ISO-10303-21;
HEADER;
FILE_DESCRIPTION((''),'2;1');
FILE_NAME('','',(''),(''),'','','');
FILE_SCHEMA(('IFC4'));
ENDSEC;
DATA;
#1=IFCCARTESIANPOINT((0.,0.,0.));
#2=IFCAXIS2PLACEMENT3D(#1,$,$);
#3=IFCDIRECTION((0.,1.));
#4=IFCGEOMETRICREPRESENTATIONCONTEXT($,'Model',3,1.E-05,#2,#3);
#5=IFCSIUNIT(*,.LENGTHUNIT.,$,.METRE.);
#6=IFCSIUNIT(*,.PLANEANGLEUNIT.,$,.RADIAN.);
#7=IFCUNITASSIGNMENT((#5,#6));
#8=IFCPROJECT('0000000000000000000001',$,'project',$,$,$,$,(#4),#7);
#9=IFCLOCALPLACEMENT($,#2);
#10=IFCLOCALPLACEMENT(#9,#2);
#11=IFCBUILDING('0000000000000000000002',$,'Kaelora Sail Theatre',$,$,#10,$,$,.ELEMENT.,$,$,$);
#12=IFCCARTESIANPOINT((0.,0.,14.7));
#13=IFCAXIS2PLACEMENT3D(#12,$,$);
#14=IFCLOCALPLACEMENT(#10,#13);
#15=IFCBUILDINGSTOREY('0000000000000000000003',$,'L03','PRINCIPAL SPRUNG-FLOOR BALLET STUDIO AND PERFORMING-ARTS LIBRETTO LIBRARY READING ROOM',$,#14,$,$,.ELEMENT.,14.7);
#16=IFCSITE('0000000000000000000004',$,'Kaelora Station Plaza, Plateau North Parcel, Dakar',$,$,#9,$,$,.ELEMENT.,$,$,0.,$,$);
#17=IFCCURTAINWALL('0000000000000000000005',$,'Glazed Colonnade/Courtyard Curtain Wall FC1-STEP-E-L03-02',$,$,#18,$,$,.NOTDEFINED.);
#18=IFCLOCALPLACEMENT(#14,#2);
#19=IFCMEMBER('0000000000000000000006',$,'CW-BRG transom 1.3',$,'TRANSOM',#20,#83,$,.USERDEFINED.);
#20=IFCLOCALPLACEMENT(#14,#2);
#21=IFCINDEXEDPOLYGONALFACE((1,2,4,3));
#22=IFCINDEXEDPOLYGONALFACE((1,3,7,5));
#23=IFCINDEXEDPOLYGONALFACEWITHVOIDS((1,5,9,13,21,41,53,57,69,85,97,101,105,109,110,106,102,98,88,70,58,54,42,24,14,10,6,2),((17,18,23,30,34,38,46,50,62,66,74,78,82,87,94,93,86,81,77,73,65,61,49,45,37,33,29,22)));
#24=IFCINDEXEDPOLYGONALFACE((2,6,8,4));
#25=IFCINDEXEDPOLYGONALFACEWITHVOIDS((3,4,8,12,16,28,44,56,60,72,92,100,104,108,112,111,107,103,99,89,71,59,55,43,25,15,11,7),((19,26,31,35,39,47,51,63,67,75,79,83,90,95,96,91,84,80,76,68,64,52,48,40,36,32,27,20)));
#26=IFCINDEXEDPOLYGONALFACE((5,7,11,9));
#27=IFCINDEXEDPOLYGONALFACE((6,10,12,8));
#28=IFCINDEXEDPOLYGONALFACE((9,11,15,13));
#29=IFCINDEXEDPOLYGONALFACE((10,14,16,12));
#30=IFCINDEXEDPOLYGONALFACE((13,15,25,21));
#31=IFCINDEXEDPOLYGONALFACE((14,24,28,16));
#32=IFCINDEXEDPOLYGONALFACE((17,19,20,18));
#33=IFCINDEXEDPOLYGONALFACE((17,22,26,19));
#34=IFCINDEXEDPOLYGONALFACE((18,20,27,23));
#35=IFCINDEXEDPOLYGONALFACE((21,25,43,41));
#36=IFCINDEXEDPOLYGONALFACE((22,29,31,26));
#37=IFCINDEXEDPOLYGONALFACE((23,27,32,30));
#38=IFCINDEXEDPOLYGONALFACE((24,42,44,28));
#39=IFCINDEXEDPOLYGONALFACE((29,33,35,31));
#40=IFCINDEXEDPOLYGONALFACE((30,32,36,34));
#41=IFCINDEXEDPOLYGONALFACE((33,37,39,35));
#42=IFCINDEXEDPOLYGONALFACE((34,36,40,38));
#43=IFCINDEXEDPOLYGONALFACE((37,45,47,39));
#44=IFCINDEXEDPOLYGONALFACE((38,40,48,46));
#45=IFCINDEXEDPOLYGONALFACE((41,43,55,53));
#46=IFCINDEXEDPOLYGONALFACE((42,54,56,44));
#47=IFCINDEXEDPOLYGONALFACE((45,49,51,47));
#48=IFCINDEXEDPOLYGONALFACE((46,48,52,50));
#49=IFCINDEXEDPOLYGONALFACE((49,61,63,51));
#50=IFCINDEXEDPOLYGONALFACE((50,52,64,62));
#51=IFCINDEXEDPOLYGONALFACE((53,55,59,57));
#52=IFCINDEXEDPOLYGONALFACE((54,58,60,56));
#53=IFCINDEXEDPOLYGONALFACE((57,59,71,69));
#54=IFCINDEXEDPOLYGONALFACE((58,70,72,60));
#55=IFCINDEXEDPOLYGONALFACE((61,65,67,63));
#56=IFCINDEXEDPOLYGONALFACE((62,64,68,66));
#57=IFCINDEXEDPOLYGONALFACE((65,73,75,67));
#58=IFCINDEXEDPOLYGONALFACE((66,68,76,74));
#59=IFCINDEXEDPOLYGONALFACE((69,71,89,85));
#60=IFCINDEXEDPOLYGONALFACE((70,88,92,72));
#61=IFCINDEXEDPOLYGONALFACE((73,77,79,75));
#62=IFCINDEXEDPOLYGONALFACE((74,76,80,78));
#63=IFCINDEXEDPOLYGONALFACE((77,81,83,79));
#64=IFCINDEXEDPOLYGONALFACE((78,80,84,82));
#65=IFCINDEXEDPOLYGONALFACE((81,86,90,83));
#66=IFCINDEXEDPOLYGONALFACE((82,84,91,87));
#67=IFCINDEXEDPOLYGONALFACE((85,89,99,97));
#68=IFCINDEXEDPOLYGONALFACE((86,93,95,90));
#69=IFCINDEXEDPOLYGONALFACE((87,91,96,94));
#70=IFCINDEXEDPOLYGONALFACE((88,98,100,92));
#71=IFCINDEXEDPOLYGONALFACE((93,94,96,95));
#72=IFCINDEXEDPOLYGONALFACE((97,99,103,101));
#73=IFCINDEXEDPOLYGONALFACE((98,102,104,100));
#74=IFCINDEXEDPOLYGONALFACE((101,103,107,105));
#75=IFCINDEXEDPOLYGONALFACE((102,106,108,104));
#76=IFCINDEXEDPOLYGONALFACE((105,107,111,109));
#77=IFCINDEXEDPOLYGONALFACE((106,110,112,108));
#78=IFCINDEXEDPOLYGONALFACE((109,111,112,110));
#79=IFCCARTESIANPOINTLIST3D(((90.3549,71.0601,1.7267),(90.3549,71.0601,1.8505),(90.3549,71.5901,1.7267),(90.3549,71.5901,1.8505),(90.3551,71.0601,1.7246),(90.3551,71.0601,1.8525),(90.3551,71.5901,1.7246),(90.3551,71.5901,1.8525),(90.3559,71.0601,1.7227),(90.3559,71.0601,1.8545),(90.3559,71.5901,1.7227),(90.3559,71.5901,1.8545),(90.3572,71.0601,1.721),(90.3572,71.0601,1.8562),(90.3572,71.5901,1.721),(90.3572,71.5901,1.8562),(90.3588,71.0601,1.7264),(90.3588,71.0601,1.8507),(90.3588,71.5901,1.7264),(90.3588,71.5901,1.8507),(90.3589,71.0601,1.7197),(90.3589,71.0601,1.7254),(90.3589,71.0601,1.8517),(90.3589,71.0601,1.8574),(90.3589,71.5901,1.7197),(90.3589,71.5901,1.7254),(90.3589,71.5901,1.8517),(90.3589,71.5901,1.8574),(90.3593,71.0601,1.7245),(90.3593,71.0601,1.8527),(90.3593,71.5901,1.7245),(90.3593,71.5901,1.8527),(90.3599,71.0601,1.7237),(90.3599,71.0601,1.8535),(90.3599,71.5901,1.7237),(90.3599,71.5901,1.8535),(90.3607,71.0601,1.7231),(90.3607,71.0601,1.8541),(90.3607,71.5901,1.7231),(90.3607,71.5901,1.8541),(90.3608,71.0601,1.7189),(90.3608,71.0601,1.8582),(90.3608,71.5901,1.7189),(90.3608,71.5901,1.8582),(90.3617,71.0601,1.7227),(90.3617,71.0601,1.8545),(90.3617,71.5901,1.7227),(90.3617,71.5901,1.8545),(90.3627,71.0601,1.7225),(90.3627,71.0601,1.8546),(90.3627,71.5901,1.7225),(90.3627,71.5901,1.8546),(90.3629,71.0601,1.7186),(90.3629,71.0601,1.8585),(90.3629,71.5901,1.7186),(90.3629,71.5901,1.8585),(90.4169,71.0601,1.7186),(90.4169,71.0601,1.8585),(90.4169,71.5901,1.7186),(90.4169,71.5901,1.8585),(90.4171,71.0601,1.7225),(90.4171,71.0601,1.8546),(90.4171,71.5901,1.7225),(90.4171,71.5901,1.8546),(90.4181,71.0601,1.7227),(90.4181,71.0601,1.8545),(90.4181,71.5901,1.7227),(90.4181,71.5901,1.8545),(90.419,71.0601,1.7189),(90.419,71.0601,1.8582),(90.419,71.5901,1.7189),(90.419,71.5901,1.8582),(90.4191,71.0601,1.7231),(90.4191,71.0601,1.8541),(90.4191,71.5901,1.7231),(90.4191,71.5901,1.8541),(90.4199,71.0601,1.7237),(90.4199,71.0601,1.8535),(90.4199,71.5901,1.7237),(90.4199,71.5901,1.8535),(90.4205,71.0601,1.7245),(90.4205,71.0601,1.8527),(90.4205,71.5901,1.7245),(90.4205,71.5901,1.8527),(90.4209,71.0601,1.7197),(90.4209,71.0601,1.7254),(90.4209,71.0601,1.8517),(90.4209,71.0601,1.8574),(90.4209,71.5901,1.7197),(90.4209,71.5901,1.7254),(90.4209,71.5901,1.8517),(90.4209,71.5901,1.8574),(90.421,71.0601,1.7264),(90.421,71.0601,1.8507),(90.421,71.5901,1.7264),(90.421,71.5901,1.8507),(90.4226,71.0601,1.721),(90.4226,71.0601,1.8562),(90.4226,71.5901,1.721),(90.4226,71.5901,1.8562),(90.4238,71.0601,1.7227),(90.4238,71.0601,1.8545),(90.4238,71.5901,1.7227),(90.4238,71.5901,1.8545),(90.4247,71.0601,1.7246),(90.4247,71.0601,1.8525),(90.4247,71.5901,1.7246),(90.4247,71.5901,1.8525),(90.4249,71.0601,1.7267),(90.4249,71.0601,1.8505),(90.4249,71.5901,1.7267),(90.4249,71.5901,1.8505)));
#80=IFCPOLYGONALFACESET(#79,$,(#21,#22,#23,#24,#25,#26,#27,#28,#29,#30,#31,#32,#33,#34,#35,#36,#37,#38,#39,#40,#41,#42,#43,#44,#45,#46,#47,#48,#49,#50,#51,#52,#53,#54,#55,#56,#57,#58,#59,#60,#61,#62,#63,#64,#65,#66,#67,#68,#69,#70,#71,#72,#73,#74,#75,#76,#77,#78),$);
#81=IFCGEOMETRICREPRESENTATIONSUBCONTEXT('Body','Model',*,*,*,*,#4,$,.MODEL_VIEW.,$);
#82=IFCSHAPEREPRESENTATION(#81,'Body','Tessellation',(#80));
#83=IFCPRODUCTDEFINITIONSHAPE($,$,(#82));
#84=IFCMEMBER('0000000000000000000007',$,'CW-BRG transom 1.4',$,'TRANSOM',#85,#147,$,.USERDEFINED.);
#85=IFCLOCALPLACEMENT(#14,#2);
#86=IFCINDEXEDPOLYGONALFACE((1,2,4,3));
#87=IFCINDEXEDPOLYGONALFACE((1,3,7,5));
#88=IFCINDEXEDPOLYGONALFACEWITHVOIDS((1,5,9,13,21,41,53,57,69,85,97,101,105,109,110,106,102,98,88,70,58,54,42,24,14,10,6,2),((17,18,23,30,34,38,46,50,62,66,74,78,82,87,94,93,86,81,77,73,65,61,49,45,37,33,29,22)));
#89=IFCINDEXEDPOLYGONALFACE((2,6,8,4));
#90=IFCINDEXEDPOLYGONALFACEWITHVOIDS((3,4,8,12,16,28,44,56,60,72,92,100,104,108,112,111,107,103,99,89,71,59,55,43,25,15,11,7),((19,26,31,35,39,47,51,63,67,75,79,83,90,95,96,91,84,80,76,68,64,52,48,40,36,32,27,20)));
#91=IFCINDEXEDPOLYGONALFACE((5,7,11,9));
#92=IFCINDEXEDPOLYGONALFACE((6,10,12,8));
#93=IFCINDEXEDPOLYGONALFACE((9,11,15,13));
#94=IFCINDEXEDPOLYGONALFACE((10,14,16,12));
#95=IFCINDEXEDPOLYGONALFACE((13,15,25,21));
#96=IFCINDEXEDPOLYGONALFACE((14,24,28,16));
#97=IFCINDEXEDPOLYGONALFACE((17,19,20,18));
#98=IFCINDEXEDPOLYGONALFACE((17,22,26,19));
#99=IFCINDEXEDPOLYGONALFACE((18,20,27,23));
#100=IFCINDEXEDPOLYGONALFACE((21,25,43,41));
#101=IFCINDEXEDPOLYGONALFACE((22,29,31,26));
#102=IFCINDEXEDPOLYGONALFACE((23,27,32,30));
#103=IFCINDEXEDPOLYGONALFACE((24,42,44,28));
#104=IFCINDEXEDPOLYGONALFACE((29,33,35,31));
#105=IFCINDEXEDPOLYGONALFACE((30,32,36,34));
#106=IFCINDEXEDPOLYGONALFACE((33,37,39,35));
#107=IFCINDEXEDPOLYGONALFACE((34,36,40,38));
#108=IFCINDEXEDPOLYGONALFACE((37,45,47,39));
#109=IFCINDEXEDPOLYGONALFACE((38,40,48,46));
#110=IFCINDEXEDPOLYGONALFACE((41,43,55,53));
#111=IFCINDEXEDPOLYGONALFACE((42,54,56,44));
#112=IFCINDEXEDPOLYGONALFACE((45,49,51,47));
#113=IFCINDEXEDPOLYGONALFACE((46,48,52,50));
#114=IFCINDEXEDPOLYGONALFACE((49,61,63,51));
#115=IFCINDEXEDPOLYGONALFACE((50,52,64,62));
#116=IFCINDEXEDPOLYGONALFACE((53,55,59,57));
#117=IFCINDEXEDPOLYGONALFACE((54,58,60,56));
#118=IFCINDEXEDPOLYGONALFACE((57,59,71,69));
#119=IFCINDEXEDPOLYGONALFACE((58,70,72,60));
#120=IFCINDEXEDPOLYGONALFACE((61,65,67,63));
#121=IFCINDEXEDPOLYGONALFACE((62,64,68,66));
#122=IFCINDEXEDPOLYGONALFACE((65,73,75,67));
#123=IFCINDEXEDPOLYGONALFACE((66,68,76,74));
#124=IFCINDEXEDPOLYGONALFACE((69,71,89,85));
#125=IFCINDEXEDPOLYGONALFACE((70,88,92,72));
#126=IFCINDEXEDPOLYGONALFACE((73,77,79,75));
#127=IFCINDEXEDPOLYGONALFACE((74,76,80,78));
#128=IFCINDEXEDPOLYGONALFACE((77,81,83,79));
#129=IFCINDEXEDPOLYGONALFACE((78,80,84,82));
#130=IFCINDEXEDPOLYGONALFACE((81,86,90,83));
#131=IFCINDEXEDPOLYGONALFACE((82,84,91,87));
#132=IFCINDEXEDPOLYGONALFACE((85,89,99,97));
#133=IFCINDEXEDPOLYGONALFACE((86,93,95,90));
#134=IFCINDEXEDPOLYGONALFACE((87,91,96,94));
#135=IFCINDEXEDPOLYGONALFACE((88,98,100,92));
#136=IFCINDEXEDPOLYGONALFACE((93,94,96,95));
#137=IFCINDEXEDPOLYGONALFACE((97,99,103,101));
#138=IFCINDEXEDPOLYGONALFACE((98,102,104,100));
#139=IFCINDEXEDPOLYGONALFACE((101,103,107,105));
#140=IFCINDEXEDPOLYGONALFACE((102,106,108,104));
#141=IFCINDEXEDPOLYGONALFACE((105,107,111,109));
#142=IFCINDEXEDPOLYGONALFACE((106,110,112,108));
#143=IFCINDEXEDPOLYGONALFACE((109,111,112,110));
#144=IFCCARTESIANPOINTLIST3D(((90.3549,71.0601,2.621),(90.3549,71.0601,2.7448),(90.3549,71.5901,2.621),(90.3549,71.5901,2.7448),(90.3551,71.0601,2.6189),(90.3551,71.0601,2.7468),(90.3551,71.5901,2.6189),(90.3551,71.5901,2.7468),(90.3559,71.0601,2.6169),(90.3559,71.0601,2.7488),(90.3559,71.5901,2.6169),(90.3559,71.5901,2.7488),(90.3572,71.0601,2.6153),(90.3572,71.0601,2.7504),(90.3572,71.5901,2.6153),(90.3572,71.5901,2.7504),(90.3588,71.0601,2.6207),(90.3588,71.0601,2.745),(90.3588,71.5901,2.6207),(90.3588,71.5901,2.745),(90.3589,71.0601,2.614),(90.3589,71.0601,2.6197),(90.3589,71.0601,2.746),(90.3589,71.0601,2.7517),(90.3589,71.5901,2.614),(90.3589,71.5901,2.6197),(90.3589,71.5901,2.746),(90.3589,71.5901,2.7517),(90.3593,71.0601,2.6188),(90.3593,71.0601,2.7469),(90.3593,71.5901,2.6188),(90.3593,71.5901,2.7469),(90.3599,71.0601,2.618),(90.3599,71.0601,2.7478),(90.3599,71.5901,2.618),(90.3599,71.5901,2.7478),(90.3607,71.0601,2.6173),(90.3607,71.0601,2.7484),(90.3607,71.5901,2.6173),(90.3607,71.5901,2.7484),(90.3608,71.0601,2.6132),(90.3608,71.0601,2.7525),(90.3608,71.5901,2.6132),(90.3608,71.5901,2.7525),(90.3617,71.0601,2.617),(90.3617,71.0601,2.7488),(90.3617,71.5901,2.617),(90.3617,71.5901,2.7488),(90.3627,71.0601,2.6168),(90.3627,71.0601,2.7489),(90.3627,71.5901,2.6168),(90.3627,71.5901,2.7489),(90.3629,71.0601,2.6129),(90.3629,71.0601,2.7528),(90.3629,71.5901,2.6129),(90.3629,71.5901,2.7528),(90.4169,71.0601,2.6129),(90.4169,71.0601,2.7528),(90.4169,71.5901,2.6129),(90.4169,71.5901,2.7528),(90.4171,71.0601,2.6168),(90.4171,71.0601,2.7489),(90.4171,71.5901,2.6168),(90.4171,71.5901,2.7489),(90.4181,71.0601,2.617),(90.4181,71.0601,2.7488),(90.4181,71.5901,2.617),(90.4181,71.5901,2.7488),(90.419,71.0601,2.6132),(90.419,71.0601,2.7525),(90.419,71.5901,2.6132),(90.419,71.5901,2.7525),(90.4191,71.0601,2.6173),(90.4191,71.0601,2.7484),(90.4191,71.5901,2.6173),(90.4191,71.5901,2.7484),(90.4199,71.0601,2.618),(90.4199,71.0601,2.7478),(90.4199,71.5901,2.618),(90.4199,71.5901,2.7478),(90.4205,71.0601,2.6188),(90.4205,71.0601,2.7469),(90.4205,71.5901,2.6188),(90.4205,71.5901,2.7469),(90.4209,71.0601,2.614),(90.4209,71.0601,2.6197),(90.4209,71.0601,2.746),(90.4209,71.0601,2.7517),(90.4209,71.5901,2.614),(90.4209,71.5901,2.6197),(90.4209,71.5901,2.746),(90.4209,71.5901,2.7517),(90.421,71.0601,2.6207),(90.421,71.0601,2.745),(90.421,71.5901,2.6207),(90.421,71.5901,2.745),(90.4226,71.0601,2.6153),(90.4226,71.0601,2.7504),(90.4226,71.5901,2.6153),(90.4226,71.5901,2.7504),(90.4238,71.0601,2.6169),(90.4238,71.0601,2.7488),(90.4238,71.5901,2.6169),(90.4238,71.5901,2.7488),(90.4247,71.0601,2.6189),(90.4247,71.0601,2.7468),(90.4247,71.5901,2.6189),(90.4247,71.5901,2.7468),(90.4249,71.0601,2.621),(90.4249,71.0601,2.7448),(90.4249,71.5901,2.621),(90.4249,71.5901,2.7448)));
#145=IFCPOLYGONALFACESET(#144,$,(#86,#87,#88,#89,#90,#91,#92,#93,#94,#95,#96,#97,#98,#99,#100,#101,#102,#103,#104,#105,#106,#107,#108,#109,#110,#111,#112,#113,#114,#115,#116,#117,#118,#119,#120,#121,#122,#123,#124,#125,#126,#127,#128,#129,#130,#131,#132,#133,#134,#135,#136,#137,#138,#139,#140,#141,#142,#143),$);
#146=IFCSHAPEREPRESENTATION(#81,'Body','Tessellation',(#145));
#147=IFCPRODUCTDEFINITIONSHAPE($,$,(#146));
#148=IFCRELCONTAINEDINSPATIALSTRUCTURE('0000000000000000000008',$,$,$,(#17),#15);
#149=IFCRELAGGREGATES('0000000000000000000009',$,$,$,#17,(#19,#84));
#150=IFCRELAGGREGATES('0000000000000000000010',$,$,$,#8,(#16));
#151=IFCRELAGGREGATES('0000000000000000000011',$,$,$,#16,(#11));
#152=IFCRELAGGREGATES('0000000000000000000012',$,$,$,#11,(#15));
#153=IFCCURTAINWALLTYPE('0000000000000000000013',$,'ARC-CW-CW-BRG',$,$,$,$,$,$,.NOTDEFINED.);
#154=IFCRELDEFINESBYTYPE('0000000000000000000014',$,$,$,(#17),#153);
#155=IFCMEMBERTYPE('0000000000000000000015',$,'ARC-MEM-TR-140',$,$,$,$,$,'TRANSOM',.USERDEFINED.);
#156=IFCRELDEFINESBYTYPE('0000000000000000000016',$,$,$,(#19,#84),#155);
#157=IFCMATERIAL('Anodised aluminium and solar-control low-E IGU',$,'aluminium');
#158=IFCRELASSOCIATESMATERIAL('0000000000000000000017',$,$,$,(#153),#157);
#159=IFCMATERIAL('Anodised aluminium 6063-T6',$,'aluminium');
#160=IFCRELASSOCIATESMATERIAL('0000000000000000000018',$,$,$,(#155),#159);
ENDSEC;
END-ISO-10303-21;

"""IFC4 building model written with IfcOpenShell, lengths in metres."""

from ifc_helpers import new_model, si_unit, direction, frame, origin, origin_2d, place, context, subcontext, project, spatial, hollow_rectangle, extrude, material, material_profile, profile_set, type_object, element, aggregate, save


model = new_model("IFC4")

# Units and contexts
model_context = context("Model", 3, precision=1e-05, world=origin(), true_north=direction((0.0, 1.0)))
body_context = subcontext(model_context, "Body", "Model", "MODEL_VIEW")
ifc_project = project(units=[si_unit("LENGTHUNIT", "METRE"), si_unit("PLANEANGLEUNIT", "RADIAN")], contexts=[model_context])

# Site, building, storey
site_placement = place(None, origin())
site = spatial("IfcSite", under=ifc_project, at=site_placement, Name="Kaelora Station Plaza, Plateau North Parcel, Dakar", CompositionType="ELEMENT", RefElevation=0.0)
building_placement = place(site_placement, origin())
building = spatial("IfcBuilding", under=site, at=building_placement, Name="Kaelora Sail Theatre", CompositionType="ELEMENT")
storey_placement = place(building_placement, frame((0.0, 0.0, 14.7)))
storey = spatial("IfcBuildingStorey", under=building, at=storey_placement, Name="L03", Description="PRINCIPAL SPRUNG-FLOOR BALLET STUDIO AND PERFORMING-ARTS LIBRETTO LIBRARY READING ROOM", CompositionType="ELEMENT", Elevation=14.7)

# Curtain wall, members
ifc_material_1 = material(Name="Anodised aluminium and solar-control low-E IGU", Category="aluminium")
curtain_wall_type = type_object("IfcCurtainWallType", Name="ARC-CW-CW-BRG", PredefinedType="NOTDEFINED", material=ifc_material_1)
curtain_wall_placement = place(storey_placement, origin())
curtain_wall = element("IfcCurtainWall", 1, at=curtain_wall_placement, inside=storey, type_object=curtain_wall_type, Name="Glazed Colonnade/Courtyard Curtain Wall FC1-STEP-E-L03-02", PredefinedType="NOTDEFINED")
ifc_material_2 = material(Name="Anodised aluminium 6063-T6", Category="aluminium")
ifc_material_profile_1 = material_profile(ifc_material_2, hollow_rectangle(XDim=0.0701, YDim=0.1399, WallThickness=0.0039, InnerFilletRadius=0.0039, OuterFilletRadius=0.0081, at=origin_2d()), Name="ALU-TRAN 70x140x4")
ifc_profile_set_1 = profile_set([ifc_material_profile_1], Name="Anodised aluminium 6063-T6")
member_type_1 = type_object("IfcMemberType", Name="ARC-MEM-TR-140", ElementType="TRANSOM", PredefinedType="USERDEFINED", material=ifc_profile_set_1)
member_1_placement = place(storey_placement, frame((90.3899, 71.0601, 1.7886), z_axis=(0.0, 1.0, 0.0), x_axis=(-1.0, 0.0, 0.0)))
member_1 = element("IfcMember", 2, at=member_1_placement, type_object=member_type_1, Name="CW-BRG transom 1.3", ObjectType="TRANSOM", PredefinedType="USERDEFINED", context=body_context, shape_type="SweptSolid", body=[
    extrude(hollow_rectangle(XDim=0.0701, YDim=0.1399, WallThickness=0.0039, InnerFilletRadius=0.0039, OuterFilletRadius=0.0081, at=origin_2d()), origin(), (0.0, 0.0, 1.0), 0.53),
])
member_2_placement = place(storey_placement, frame((90.3899, 71.0601, 2.6829), z_axis=(0.0, 1.0, 0.0), x_axis=(-1.0, 0.0, 0.0)))
member_2 = element("IfcMember", 3, at=member_2_placement, type_object=member_type_1, Name="CW-BRG transom 1.4", ObjectType="TRANSOM", PredefinedType="USERDEFINED", context=body_context, shape_type="SweptSolid", body=[
    extrude(hollow_rectangle(XDim=0.0701, YDim=0.1399, WallThickness=0.0039, InnerFilletRadius=0.0039, OuterFilletRadius=0.0081, at=origin_2d()), origin(), (0.0, 0.0, 1.0), 0.53),
])

aggregate(curtain_wall, [member_1, member_2])

save(model, "model.ifc")
